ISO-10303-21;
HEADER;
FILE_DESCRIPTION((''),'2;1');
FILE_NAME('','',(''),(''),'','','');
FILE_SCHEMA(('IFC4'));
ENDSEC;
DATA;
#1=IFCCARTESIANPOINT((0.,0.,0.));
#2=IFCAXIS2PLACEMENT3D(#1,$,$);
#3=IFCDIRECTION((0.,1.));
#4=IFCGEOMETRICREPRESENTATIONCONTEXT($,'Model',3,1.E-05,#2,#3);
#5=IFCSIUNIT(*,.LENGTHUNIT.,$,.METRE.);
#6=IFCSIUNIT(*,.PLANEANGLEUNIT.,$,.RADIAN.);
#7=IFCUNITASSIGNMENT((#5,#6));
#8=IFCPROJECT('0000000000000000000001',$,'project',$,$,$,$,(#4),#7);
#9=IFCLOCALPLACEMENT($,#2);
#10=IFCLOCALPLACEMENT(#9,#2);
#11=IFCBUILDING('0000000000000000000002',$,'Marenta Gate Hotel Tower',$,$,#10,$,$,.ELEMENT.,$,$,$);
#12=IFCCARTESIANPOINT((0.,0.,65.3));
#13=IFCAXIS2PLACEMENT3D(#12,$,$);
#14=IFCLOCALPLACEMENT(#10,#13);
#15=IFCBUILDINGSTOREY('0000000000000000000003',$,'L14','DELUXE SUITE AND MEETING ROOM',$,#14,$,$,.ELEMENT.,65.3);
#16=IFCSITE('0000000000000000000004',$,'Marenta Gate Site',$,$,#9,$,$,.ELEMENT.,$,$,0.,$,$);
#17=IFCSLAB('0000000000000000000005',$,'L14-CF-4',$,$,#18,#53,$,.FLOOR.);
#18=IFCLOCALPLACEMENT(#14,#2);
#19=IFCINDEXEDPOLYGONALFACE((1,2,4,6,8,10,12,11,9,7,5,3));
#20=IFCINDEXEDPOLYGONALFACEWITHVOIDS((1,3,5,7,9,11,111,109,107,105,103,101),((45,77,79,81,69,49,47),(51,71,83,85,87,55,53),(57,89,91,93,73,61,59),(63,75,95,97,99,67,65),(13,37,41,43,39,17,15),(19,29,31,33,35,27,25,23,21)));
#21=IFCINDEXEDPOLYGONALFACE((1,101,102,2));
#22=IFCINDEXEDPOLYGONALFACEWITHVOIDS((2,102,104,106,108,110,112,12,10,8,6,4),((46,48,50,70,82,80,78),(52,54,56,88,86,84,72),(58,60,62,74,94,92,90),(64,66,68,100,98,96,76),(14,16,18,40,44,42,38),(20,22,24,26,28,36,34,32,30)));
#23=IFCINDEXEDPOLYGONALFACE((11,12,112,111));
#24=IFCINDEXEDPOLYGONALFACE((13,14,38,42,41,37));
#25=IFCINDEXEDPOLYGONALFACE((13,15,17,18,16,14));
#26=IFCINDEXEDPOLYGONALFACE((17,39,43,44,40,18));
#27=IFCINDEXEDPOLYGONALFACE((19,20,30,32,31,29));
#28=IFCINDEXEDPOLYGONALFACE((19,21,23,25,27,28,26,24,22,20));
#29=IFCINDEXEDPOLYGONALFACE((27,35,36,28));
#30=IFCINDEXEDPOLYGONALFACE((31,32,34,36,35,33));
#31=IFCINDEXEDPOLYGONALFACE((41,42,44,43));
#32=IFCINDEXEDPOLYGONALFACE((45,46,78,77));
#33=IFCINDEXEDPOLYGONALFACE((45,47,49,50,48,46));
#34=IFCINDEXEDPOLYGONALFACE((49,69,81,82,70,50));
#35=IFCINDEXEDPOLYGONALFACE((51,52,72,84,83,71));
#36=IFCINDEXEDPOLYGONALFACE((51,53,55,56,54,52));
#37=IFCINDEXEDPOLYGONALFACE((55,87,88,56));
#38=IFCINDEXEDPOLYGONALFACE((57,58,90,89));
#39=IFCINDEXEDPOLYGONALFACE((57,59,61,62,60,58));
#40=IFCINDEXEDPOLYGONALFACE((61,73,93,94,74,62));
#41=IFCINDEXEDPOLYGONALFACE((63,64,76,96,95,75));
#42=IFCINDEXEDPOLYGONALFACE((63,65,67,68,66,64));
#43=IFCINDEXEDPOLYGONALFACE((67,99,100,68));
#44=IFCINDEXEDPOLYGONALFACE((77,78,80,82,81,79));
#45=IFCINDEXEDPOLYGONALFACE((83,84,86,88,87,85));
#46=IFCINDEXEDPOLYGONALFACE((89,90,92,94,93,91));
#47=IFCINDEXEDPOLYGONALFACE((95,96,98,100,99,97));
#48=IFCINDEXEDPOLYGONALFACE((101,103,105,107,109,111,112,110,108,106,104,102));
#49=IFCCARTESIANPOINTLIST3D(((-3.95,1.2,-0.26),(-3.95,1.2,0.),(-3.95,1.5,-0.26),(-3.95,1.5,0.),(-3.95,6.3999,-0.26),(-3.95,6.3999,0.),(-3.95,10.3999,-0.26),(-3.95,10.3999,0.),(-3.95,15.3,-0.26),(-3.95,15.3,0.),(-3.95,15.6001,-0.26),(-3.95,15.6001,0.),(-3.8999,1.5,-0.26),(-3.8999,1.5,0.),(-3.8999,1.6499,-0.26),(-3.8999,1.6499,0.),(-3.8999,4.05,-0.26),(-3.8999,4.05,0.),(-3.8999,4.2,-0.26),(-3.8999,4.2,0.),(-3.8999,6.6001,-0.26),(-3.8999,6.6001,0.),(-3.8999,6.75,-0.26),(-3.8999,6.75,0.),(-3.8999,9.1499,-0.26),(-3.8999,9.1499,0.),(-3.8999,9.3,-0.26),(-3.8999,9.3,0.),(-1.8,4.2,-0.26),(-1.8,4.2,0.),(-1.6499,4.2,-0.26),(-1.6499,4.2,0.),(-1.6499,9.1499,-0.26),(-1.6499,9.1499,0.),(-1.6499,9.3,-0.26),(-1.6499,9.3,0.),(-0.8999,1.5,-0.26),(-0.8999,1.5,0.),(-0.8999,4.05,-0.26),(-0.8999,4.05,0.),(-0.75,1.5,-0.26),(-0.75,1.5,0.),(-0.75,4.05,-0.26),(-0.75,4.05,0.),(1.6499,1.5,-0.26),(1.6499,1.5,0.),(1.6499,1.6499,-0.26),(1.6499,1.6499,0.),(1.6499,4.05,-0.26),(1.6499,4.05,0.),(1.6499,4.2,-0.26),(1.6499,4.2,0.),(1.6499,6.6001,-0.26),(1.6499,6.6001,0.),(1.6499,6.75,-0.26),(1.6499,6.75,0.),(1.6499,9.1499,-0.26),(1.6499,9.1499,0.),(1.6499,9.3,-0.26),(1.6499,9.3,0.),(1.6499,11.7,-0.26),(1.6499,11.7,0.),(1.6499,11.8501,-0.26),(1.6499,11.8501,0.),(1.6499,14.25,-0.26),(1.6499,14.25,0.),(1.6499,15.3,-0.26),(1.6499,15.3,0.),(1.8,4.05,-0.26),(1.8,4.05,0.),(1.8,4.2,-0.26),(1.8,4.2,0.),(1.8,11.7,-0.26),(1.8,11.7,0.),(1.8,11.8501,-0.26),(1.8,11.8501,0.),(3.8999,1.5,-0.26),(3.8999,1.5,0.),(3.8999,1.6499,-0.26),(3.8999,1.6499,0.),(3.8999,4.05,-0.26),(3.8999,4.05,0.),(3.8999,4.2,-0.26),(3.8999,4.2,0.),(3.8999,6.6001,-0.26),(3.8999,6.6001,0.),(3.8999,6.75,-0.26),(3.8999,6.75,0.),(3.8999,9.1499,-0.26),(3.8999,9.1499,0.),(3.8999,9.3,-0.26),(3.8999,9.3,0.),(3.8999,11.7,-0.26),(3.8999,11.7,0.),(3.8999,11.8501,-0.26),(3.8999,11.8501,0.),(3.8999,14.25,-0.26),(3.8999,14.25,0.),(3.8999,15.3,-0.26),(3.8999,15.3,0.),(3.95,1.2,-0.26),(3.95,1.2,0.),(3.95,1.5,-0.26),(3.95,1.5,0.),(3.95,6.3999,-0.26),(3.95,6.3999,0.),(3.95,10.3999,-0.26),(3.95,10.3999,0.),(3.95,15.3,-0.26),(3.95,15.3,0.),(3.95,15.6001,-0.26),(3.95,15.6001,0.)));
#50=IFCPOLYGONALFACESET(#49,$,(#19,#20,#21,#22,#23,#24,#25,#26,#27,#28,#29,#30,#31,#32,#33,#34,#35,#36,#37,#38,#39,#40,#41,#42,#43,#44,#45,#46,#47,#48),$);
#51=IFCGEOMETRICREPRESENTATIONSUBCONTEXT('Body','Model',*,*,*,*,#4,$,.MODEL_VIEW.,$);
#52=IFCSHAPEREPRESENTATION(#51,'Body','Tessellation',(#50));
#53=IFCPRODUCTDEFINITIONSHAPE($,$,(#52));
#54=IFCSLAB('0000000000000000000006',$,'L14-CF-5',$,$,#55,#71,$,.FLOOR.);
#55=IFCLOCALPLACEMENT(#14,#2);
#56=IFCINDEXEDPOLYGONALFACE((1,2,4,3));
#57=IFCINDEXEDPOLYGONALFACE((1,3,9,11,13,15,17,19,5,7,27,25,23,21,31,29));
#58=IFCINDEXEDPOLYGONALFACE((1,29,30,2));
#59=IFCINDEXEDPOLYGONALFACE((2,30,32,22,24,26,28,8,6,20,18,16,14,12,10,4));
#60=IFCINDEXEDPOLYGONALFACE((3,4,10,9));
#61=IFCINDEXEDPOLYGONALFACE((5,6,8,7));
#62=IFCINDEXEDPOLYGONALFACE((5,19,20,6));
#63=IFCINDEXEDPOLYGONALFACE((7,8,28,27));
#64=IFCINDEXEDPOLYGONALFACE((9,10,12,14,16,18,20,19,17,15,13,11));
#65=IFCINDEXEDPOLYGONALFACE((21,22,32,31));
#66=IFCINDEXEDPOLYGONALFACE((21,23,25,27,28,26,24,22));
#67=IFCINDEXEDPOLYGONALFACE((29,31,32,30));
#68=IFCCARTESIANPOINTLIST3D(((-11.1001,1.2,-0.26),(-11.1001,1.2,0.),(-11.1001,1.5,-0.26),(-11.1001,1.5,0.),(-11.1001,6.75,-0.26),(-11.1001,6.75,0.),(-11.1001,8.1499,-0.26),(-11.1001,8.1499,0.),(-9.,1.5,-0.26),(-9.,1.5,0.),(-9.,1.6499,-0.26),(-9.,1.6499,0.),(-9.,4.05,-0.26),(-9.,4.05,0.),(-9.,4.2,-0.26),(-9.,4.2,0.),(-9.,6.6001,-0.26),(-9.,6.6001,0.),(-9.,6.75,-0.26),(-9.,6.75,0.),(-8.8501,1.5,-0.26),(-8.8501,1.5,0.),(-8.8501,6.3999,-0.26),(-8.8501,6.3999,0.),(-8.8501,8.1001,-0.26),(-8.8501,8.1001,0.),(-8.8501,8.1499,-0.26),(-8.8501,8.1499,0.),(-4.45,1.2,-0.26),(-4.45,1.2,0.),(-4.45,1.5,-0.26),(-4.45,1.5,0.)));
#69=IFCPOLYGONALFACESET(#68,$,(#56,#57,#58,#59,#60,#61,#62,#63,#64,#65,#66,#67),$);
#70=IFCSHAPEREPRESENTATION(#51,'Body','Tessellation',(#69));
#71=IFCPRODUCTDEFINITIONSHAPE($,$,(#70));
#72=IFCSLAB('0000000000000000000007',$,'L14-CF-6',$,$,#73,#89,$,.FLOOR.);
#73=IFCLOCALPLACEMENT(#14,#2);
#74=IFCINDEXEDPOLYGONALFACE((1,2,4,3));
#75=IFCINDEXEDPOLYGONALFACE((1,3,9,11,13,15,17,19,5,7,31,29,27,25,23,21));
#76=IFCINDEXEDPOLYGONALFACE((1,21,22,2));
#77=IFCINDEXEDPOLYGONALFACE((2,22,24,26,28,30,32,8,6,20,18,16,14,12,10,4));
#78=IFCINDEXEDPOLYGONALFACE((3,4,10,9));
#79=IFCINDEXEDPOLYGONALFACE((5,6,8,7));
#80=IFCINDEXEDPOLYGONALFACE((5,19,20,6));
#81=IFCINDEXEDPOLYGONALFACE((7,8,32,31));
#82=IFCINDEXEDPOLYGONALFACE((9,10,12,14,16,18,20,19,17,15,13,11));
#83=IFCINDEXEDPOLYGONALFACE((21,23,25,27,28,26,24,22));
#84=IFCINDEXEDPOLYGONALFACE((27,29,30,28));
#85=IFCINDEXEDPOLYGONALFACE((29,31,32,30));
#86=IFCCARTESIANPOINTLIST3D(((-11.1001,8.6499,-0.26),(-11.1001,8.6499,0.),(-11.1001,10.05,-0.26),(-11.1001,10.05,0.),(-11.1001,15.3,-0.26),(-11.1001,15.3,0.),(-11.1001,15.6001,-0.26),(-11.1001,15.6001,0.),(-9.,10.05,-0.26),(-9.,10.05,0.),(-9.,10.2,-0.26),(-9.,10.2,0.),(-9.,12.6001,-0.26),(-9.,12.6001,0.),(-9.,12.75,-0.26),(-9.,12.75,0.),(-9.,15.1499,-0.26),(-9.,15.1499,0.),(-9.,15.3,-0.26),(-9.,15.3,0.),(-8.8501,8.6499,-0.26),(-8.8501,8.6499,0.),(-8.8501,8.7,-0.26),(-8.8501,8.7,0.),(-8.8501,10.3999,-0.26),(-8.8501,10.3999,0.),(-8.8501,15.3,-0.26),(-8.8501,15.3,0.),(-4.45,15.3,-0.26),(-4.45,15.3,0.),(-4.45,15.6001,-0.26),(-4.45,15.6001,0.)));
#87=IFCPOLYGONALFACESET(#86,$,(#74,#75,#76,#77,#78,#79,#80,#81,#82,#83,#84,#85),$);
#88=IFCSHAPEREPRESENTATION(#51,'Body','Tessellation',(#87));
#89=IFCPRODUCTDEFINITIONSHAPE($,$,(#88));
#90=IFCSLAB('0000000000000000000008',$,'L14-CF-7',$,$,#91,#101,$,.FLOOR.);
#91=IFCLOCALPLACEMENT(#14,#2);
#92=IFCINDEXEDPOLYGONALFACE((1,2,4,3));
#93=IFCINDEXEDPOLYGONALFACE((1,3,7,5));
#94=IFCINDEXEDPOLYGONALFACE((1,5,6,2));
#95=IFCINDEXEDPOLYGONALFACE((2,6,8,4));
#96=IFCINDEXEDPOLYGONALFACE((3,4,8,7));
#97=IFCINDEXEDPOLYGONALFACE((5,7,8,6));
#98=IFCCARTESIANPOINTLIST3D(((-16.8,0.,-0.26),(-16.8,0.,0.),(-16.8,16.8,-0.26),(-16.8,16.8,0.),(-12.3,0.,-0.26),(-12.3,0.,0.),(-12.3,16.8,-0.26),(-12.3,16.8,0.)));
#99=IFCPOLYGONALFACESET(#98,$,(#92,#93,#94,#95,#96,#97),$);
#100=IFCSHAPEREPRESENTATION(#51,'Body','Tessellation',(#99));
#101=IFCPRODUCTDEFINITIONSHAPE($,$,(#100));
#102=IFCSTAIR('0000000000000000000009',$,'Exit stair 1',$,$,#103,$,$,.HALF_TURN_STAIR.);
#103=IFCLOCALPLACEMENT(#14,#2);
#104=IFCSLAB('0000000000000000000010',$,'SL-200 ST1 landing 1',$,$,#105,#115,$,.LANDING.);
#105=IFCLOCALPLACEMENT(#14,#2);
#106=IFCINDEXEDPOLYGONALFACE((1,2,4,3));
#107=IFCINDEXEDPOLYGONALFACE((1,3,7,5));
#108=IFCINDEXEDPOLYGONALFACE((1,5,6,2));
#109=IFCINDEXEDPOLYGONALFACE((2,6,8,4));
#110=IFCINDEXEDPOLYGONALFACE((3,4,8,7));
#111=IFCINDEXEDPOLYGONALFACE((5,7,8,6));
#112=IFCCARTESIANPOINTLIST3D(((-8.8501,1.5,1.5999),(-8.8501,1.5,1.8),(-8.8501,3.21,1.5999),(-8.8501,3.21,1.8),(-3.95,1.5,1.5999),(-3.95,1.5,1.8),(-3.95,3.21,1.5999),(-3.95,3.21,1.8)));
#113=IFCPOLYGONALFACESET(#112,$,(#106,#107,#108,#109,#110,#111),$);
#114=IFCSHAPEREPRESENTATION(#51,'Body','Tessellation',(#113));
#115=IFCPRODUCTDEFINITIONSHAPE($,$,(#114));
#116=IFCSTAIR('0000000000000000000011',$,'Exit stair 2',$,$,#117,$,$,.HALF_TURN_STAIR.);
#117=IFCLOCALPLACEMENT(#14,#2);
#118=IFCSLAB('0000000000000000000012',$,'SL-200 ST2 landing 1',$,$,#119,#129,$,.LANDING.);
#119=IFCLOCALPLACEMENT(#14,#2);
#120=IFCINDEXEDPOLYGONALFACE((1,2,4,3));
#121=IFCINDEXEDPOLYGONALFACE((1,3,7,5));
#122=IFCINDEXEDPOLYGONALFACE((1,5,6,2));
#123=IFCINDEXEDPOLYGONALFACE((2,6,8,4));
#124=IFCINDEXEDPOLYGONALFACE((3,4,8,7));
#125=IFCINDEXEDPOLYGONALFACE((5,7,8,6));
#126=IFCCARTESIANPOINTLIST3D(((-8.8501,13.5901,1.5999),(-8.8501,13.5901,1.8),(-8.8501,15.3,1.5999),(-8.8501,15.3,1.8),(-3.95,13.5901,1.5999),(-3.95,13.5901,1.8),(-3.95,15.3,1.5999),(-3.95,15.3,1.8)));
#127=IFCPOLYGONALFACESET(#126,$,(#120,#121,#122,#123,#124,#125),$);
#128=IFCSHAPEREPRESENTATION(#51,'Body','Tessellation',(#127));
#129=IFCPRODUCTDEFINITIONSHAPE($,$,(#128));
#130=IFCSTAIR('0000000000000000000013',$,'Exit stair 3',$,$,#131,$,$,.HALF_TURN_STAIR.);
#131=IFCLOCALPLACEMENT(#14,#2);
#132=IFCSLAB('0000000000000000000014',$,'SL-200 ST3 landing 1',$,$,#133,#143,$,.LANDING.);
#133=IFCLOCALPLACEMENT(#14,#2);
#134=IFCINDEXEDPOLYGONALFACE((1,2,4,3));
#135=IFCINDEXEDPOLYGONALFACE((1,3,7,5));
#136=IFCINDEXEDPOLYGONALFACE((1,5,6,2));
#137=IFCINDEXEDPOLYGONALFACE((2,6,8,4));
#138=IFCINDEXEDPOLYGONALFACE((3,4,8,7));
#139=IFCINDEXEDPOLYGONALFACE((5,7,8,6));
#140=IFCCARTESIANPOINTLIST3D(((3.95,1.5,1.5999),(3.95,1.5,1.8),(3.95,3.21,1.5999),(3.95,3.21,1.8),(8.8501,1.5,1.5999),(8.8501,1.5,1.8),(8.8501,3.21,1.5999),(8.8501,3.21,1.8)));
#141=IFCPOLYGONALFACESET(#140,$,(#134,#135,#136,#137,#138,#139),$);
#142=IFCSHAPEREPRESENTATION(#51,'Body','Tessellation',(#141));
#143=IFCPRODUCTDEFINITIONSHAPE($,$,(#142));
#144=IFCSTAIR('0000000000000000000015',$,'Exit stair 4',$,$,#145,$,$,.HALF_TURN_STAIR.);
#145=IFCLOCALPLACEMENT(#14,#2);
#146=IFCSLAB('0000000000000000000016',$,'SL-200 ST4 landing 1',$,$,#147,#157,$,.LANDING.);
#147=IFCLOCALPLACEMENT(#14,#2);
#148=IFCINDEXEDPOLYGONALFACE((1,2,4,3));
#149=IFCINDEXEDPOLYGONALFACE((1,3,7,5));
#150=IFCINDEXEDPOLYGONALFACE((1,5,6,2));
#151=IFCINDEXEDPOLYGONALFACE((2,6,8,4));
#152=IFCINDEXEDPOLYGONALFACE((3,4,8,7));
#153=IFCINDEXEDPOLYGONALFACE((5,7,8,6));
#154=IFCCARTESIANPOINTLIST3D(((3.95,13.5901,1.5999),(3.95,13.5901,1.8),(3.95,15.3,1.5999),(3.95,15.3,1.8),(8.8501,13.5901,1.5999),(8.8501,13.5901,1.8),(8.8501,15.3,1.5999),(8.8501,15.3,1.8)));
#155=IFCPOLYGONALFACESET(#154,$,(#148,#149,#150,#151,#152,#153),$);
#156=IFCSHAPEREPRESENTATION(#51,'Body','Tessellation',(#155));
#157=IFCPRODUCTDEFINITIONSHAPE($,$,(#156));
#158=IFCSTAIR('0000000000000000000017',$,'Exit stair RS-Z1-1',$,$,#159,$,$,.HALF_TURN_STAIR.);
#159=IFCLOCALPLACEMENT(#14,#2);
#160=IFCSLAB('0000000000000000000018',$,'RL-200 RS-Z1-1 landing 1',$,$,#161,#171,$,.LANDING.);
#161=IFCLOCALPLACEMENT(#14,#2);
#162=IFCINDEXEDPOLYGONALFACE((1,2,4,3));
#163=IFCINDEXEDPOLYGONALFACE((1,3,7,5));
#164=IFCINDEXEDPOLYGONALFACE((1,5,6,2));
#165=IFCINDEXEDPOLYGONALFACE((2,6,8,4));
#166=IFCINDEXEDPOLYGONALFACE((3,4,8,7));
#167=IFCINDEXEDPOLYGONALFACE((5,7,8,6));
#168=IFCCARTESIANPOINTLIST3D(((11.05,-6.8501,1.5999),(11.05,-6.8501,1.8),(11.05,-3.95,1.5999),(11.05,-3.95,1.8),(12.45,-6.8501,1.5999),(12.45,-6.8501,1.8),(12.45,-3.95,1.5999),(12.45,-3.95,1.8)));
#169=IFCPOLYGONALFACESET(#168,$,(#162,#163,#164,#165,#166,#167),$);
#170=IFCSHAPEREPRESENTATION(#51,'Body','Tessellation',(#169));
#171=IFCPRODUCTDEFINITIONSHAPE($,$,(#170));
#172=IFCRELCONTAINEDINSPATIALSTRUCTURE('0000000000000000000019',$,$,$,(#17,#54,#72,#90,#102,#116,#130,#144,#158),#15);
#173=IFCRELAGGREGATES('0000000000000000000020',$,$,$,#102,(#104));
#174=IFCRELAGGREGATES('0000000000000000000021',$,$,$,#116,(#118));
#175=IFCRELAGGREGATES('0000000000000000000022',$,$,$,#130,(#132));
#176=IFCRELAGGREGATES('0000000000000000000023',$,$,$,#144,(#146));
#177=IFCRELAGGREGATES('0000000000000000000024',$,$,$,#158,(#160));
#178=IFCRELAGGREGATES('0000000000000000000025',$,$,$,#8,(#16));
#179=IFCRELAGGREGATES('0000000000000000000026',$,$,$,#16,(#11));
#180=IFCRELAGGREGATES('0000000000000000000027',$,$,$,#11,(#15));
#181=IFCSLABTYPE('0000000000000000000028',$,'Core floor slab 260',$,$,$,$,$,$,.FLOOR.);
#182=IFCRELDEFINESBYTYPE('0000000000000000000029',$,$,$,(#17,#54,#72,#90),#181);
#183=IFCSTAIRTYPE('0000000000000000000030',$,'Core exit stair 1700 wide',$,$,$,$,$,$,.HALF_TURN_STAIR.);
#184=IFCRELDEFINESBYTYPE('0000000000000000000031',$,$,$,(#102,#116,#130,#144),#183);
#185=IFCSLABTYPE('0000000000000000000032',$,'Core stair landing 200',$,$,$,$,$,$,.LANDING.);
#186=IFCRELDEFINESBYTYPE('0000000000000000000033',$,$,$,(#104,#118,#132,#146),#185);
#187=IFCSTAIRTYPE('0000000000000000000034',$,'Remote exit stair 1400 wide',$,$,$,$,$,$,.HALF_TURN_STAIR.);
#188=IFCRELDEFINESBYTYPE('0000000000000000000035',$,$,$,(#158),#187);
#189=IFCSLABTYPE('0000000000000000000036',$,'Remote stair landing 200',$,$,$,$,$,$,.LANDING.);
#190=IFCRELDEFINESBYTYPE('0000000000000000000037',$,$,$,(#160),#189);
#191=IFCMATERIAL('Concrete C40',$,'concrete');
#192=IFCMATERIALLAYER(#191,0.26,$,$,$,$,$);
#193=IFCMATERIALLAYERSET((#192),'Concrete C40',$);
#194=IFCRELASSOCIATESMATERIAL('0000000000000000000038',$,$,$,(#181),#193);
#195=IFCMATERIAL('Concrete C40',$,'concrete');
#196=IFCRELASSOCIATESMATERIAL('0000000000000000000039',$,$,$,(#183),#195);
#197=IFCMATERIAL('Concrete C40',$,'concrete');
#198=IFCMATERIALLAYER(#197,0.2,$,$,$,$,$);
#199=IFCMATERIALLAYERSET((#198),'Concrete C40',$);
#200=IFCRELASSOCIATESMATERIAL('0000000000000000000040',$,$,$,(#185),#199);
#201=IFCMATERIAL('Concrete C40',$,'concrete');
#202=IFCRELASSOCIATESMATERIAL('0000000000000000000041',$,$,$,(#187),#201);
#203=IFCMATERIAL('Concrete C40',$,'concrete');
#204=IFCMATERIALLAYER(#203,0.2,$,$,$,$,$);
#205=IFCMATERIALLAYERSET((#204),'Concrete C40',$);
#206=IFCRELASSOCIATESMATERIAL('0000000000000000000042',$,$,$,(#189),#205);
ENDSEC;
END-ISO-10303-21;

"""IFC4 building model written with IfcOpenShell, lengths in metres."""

from ifc_helpers import new_model, si_unit, direction, frame, origin, place, context, subcontext, project, spatial, polyline, outline, extrude, material, layer, layer_set, type_object, element, aggregate, save


model = new_model("IFC4")

# Units and contexts
model_context = context("Model", 3, precision=1e-05, world=origin(), true_north=direction((0.0, 1.0)))
body_context = subcontext(model_context, "Body", "Model", "MODEL_VIEW")
ifc_project = project(units=[si_unit("LENGTHUNIT", "METRE"), si_unit("PLANEANGLEUNIT", "RADIAN")], contexts=[model_context])

# Site, building, storey
site_placement = place(None, origin())
site = spatial("IfcSite", under=ifc_project, at=site_placement, Name="Marenta Gate Site", CompositionType="ELEMENT", RefElevation=0.0)
building_placement = place(site_placement, origin())
building = spatial("IfcBuilding", under=site, at=building_placement, Name="Marenta Gate Hotel Tower", CompositionType="ELEMENT")
storey_placement = place(building_placement, frame((0.0, 0.0, 65.3)))
storey = spatial("IfcBuildingStorey", under=building, at=storey_placement, Name="L14", Description="DELUXE SUITE AND MEETING ROOM", CompositionType="ELEMENT", Elevation=65.3)

# Slabs
ifc_material_1 = material(Name="Concrete C40", Category="concrete")
ifc_layer_1 = layer(ifc_material_1, 0.26)
ifc_layer_set_1 = layer_set([ifc_layer_1], Name="Concrete C40")
slab_type_1 = type_object("IfcSlabType", Name="Core floor slab 260", PredefinedType="FLOOR", material=ifc_layer_set_1)
slab_1_placement = place(storey_placement, frame((0.0, 0.0, -0.26)))
element("IfcSlab", 1, at=slab_1_placement, inside=storey, type_object=slab_type_1, Name="L14-CF-4", PredefinedType="FLOOR", context=body_context, shape_type="SweptSolid", body=[
    extrude(outline(polyline([(3.95, 15.3), (3.95, 10.3999), (3.95, 6.3999), (3.95, 1.5), (3.95, 1.2), (-3.95, 1.2), (-3.95, 1.5), (-3.95, 6.3999), (-3.95, 10.3999), (-3.95, 15.3), (-3.95, 15.6001), (3.95, 15.6001), (3.95, 15.3)]), holes=[polyline([(1.6499, 4.05), (1.6499, 1.6499), (1.6499, 1.5), (3.8999, 1.5), (3.8999, 1.6499), (3.8999, 4.05), (1.8, 4.05), (1.6499, 4.05)]), polyline([(1.6499, 9.1499), (3.8999, 9.1499), (3.8999, 9.3), (3.8999, 11.7), (1.8, 11.7), (1.6499, 11.7), (1.6499, 9.3), (1.6499, 9.1499)]), polyline([(1.6499, 11.8501), (1.8, 11.8501), (3.8999, 11.8501), (3.8999, 14.25), (3.8999, 15.3), (1.6499, 15.3), (1.6499, 14.25), (1.6499, 11.8501)]), polyline([(3.8999, 6.6001), (3.8999, 6.75), (1.6499, 6.75), (1.6499, 6.6001), (1.6499, 4.2), (1.8, 4.2), (3.8999, 4.2), (3.8999, 6.6001)]), polyline([(-3.8999, 1.5), (-0.8999, 1.5), (-0.75, 1.5), (-0.75, 4.05), (-0.8999, 4.05), (-3.8999, 4.05), (-3.8999, 1.6499), (-3.8999, 1.5)]), polyline([(-1.6499, 4.2), (-1.6499, 9.1499), (-1.6499, 9.3), (-3.8999, 9.3), (-3.8999, 9.1499), (-3.8999, 6.75), (-3.8999, 6.6001), (-3.8999, 4.2), (-1.8, 4.2), (-1.6499, 4.2)])]), origin(), (0.0, 0.0, 1.0), 0.26),
])
slab_2_placement = place(storey_placement, frame((0.0, 0.0, -0.26)))
element("IfcSlab", 2, at=slab_2_placement, inside=storey, type_object=slab_type_1, Name="L14-CF-5", PredefinedType="FLOOR", context=body_context, shape_type="SweptSolid", body=[
    extrude(outline(polyline([(-9.0, 1.5), (-9.0, 1.6499), (-9.0, 4.05), (-9.0, 4.2), (-9.0, 6.6001), (-9.0, 6.75), (-11.1001, 6.75), (-11.1001, 8.1499), (-8.8501, 8.1499), (-8.8501, 8.1001), (-8.8501, 6.3999), (-8.8501, 1.5), (-4.45, 1.5), (-4.45, 1.2), (-11.1001, 1.2), (-11.1001, 1.5), (-9.0, 1.5)])), origin(), (0.0, 0.0, 1.0), 0.26),
])
slab_3_placement = place(storey_placement, frame((0.0, 0.0, -0.26)))
element("IfcSlab", 3, at=slab_3_placement, inside=storey, type_object=slab_type_1, Name="L14-CF-6", PredefinedType="FLOOR", context=body_context, shape_type="SweptSolid", body=[
    extrude(outline(polyline([(-4.45, 15.3), (-8.8501, 15.3), (-8.8501, 10.3999), (-8.8501, 8.7), (-8.8501, 8.6499), (-11.1001, 8.6499), (-11.1001, 10.05), (-9.0, 10.05), (-9.0, 10.2), (-9.0, 12.6001), (-9.0, 12.75), (-9.0, 15.1499), (-9.0, 15.3), (-11.1001, 15.3), (-11.1001, 15.6001), (-4.45, 15.6001), (-4.45, 15.3)])), origin(), (0.0, 0.0, 1.0), 0.26),
])
slab_4_placement = place(storey_placement, frame((0.0, 0.0, -0.26)))
element("IfcSlab", 4, at=slab_4_placement, inside=storey, type_object=slab_type_1, Name="L14-CF-7", PredefinedType="FLOOR", context=body_context, shape_type="SweptSolid", body=[
    extrude(outline(polyline([(-12.3, 16.8), (-12.3, 0.0), (-16.8, 0.0), (-16.8, 16.8), (-12.3, 16.8)])), origin(), (0.0, 0.0, 1.0), 0.26),
])

# Stairs, slabs
ifc_material_2 = material(Name="Concrete C40", Category="concrete")
stair_type_1 = type_object("IfcStairType", Name="Core exit stair 1700 wide", PredefinedType="HALF_TURN_STAIR", material=ifc_material_2)
stair_1_placement = place(storey_placement, origin())
stair_1 = element("IfcStair", 5, at=stair_1_placement, inside=storey, type_object=stair_type_1, Name="Exit stair 1", PredefinedType="HALF_TURN_STAIR")
ifc_material_3 = material(Name="Concrete C40", Category="concrete")
ifc_layer_2 = layer(ifc_material_3, 0.2)
ifc_layer_set_2 = layer_set([ifc_layer_2], Name="Concrete C40")
slab_type_2 = type_object("IfcSlabType", Name="Core stair landing 200", PredefinedType="LANDING", material=ifc_layer_set_2)
slab_5_placement = place(storey_placement, frame((0.0, 0.0, 1.5999)))
slab_5 = element("IfcSlab", 6, at=slab_5_placement, type_object=slab_type_2, Name="SL-200 ST1 landing 1", PredefinedType="LANDING", context=body_context, shape_type="SweptSolid", body=[
    extrude(outline(polyline([(-8.8501, 1.5), (-3.95, 1.5), (-3.95, 3.21), (-8.8501, 3.21), (-8.8501, 1.5)])), origin(), (0.0, 0.0, 1.0), 0.2002),
])
aggregate(stair_1, [slab_5])
stair_2_placement = place(storey_placement, origin())
stair_2 = element("IfcStair", 7, at=stair_2_placement, inside=storey, type_object=stair_type_1, Name="Exit stair 2", PredefinedType="HALF_TURN_STAIR")
slab_6_placement = place(storey_placement, frame((0.0, 0.0, 1.5999)))
slab_6 = element("IfcSlab", 8, at=slab_6_placement, type_object=slab_type_2, Name="SL-200 ST2 landing 1", PredefinedType="LANDING", context=body_context, shape_type="SweptSolid", body=[
    extrude(outline(polyline([(-8.8501, 13.5901), (-3.95, 13.5901), (-3.95, 15.3), (-8.8501, 15.3), (-8.8501, 13.5901)])), origin(), (0.0, 0.0, 1.0), 0.2002),
])
aggregate(stair_2, [slab_6])
stair_3_placement = place(storey_placement, origin())
stair_3 = element("IfcStair", 9, at=stair_3_placement, inside=storey, type_object=stair_type_1, Name="Exit stair 3", PredefinedType="HALF_TURN_STAIR")
slab_7_placement = place(storey_placement, frame((0.0, 0.0, 1.5999)))
slab_7 = element("IfcSlab", 10, at=slab_7_placement, type_object=slab_type_2, Name="SL-200 ST3 landing 1", PredefinedType="LANDING", context=body_context, shape_type="SweptSolid", body=[
    extrude(outline(polyline([(3.95, 1.5), (8.8501, 1.5), (8.8501, 3.21), (3.95, 3.21), (3.95, 1.5)])), origin(), (0.0, 0.0, 1.0), 0.2002),
])
aggregate(stair_3, [slab_7])
stair_4_placement = place(storey_placement, origin())
stair_4 = element("IfcStair", 11, at=stair_4_placement, inside=storey, type_object=stair_type_1, Name="Exit stair 4", PredefinedType="HALF_TURN_STAIR")
slab_8_placement = place(storey_placement, frame((0.0, 0.0, 1.5999)))
slab_8 = element("IfcSlab", 12, at=slab_8_placement, type_object=slab_type_2, Name="SL-200 ST4 landing 1", PredefinedType="LANDING", context=body_context, shape_type="SweptSolid", body=[
    extrude(outline(polyline([(3.95, 13.5901), (8.8501, 13.5901), (8.8501, 15.3), (3.95, 15.3), (3.95, 13.5901)])), origin(), (0.0, 0.0, 1.0), 0.2002),
])
aggregate(stair_4, [slab_8])
ifc_material_4 = material(Name="Concrete C40", Category="concrete")
stair_type_2 = type_object("IfcStairType", Name="Remote exit stair 1400 wide", PredefinedType="HALF_TURN_STAIR", material=ifc_material_4)
stair_5_placement = place(storey_placement, origin())
stair_5 = element("IfcStair", 13, at=stair_5_placement, inside=storey, type_object=stair_type_2, Name="Exit stair RS-Z1-1", PredefinedType="HALF_TURN_STAIR")
ifc_material_5 = material(Name="Concrete C40", Category="concrete")
ifc_layer_3 = layer(ifc_material_5, 0.2)
ifc_layer_set_3 = layer_set([ifc_layer_3], Name="Concrete C40")
slab_type_3 = type_object("IfcSlabType", Name="Remote stair landing 200", PredefinedType="LANDING", material=ifc_layer_set_3)
slab_9_placement = place(storey_placement, frame((0.0, 0.0, 1.5999)))
slab_9 = element("IfcSlab", 14, at=slab_9_placement, type_object=slab_type_3, Name="RL-200 RS-Z1-1 landing 1", PredefinedType="LANDING", context=body_context, shape_type="SweptSolid", body=[
    extrude(outline(polyline([(11.05, -6.8501), (12.45, -6.8501), (12.45, -3.95), (11.05, -3.95), (11.05, -6.8501)])), origin(), (0.0, 0.0, 1.0), 0.2002),
])
aggregate(stair_5, [slab_9])

save(model, "model.ifc")
